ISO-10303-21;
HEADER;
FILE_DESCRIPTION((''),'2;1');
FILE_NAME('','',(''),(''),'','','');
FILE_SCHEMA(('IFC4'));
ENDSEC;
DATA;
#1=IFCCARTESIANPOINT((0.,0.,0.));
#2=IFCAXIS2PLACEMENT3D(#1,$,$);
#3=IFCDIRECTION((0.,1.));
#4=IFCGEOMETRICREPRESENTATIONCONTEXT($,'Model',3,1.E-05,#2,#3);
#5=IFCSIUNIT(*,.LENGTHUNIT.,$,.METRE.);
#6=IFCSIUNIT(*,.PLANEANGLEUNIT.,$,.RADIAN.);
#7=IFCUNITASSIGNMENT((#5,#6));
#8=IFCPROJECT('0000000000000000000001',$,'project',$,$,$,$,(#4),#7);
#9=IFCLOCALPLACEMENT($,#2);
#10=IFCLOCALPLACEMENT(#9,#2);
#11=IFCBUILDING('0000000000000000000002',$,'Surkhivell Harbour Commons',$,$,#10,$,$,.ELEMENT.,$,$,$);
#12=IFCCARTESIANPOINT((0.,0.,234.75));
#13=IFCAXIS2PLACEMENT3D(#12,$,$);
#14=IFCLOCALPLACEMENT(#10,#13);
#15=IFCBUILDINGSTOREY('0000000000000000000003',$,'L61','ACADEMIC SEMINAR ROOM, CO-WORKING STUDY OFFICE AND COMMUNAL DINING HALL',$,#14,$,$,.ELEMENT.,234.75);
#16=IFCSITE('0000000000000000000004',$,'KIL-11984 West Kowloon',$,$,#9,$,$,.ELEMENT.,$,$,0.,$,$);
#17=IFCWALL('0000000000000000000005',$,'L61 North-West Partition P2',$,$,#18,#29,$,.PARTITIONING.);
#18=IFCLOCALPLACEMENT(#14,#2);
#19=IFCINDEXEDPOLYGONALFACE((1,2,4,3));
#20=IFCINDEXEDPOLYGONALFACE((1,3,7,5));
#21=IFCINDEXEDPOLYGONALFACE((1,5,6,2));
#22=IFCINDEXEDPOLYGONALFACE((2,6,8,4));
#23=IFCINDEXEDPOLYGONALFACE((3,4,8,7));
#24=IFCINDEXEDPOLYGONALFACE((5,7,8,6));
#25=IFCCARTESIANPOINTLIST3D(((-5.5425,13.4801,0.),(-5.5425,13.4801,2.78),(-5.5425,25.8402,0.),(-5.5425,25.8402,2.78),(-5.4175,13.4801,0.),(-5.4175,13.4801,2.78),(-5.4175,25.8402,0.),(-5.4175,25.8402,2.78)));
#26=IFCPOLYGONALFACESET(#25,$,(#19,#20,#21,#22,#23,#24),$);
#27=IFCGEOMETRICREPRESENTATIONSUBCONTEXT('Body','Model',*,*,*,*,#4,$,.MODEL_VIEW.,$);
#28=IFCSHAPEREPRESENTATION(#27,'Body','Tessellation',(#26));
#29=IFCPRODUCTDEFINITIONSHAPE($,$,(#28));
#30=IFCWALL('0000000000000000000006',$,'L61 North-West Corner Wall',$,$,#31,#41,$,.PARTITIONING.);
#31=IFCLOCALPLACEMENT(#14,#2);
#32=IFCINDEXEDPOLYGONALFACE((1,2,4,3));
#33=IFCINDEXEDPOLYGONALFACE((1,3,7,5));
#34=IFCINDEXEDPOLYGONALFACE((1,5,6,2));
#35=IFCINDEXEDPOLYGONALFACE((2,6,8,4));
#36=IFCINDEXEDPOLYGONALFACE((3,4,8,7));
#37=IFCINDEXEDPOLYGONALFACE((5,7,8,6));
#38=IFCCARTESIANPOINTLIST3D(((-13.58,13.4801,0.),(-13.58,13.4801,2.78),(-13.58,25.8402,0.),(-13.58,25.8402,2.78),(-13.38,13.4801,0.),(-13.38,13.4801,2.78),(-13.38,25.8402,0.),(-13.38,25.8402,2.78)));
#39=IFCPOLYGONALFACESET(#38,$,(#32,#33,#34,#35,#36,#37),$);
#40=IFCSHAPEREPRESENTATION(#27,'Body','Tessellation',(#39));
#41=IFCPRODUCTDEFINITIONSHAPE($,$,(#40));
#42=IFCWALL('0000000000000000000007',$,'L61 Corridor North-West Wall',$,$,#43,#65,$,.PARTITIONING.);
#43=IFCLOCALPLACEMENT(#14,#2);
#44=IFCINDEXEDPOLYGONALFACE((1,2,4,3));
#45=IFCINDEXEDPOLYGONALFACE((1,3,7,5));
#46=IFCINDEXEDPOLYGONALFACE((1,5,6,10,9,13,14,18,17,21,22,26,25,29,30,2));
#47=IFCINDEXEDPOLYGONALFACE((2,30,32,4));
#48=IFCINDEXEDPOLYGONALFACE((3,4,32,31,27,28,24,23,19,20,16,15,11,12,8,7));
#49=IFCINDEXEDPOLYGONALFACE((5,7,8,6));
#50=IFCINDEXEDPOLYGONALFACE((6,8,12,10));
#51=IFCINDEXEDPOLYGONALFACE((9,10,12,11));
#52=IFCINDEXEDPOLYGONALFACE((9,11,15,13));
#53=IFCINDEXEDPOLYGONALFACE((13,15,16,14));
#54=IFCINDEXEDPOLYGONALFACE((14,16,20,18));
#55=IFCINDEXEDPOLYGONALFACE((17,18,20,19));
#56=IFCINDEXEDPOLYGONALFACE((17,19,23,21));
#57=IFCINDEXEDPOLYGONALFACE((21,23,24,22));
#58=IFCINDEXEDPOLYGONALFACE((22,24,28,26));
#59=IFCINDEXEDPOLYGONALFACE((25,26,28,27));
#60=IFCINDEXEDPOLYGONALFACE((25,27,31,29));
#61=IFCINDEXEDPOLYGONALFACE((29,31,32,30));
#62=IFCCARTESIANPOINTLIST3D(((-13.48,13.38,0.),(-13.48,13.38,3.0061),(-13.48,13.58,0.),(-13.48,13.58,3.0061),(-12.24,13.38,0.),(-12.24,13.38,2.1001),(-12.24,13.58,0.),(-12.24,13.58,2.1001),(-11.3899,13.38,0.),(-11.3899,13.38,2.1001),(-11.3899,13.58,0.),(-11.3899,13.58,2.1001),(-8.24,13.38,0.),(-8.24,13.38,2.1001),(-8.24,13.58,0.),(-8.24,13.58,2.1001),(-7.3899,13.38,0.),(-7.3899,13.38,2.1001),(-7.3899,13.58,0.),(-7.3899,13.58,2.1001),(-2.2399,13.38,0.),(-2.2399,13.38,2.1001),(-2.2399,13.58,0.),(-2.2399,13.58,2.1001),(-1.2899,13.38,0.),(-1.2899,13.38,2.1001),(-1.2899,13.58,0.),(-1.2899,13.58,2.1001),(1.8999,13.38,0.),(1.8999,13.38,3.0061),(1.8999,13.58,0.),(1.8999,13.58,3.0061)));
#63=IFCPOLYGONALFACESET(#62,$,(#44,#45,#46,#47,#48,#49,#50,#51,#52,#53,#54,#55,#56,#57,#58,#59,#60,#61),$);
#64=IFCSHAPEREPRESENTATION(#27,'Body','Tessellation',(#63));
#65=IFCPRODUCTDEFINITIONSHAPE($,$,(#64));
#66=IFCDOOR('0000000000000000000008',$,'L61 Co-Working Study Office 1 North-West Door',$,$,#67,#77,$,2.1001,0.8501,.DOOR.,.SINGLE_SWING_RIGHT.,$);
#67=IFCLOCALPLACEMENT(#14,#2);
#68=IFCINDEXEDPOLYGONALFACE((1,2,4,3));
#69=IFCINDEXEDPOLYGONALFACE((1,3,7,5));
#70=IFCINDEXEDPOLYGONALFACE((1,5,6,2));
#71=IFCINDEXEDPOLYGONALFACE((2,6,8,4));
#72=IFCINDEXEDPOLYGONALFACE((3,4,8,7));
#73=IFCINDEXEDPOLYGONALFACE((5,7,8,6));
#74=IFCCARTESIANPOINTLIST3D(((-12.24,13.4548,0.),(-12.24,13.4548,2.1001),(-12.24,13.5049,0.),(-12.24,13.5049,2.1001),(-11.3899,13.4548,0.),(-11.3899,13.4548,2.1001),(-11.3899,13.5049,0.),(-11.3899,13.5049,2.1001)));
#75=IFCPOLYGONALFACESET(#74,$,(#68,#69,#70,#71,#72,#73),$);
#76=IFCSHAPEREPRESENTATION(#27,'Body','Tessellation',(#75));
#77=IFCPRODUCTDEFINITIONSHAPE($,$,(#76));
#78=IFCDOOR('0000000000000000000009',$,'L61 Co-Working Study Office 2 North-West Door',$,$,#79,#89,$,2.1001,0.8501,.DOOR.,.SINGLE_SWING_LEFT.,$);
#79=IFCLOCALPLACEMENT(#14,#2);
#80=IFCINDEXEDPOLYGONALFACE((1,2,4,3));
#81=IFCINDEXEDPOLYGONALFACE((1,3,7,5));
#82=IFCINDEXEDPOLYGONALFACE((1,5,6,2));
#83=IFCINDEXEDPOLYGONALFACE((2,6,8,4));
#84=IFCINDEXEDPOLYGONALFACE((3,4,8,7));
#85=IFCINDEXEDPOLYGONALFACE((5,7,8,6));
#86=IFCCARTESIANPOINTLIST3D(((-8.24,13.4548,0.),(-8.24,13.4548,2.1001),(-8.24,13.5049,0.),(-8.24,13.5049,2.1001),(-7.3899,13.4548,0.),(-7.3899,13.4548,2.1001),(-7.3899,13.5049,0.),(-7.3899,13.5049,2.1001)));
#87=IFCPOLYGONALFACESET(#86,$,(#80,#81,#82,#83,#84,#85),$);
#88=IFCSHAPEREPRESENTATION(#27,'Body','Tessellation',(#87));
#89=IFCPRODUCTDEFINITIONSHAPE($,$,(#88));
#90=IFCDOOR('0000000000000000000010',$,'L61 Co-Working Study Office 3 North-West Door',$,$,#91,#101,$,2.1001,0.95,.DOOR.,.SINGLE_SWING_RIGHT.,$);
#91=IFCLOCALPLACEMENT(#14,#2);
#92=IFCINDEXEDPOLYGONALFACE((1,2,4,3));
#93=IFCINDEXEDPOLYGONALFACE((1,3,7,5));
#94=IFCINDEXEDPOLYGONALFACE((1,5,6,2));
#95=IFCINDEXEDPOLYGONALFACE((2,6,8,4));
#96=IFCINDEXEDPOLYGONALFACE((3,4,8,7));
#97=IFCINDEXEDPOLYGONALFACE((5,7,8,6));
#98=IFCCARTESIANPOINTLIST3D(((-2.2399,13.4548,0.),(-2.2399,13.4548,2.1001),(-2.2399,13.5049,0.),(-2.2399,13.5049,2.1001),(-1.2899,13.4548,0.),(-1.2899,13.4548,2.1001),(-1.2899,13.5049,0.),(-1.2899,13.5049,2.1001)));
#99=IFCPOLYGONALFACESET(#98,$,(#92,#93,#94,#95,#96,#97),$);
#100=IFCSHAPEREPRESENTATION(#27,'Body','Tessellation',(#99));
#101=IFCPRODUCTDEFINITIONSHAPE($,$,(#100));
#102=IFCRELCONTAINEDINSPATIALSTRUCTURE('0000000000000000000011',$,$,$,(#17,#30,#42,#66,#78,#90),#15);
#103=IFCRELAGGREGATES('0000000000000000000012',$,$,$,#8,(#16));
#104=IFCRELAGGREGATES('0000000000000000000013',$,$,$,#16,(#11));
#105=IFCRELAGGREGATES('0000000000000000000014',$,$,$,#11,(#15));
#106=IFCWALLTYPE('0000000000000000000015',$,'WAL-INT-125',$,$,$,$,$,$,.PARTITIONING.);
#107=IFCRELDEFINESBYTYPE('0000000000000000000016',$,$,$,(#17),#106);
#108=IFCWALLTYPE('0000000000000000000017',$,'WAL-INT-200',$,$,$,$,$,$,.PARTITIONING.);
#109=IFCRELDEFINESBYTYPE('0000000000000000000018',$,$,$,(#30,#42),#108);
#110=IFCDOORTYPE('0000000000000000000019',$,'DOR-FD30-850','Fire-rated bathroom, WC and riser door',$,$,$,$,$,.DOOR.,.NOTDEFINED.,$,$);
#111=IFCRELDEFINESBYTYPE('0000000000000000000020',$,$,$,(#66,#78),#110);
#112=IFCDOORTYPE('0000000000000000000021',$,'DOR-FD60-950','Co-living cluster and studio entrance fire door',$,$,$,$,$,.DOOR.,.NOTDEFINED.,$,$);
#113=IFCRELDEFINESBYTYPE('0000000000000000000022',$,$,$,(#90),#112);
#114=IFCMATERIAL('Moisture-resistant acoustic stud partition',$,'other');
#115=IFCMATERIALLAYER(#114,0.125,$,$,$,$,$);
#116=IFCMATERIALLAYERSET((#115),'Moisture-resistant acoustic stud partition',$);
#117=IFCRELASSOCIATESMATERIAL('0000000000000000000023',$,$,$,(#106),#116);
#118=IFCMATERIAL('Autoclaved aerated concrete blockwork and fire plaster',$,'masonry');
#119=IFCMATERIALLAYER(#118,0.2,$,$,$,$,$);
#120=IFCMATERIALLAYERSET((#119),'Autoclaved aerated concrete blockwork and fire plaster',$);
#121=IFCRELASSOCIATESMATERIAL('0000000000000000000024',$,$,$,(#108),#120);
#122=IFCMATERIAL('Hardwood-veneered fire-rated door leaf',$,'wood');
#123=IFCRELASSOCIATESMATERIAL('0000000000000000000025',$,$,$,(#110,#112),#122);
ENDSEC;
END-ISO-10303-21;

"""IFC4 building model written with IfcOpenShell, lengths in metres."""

from ifc_helpers import new_model, si_unit, direction, frame, frame_2d, origin, place, context, subcontext, project, spatial, rectangle, extrude, material, layer, layer_set, type_object, element, fill, save


model = new_model("IFC4")

# Units and contexts
model_context = context("Model", 3, precision=1e-05, world=origin(), true_north=direction((0.0, 1.0)))
body_context = subcontext(model_context, "Body", "Model", "MODEL_VIEW")
ifc_project = project(units=[si_unit("LENGTHUNIT", "METRE"), si_unit("PLANEANGLEUNIT", "RADIAN")], contexts=[model_context])

# Site, building, storey
site_placement = place(None, origin())
site = spatial("IfcSite", under=ifc_project, at=site_placement, Name="KIL-11984 West Kowloon", CompositionType="ELEMENT", RefElevation=0.0)
building_placement = place(site_placement, origin())
building = spatial("IfcBuilding", under=site, at=building_placement, Name="Surkhivell Harbour Commons", CompositionType="ELEMENT")
storey_placement = place(building_placement, frame((0.0, 0.0, 234.75)))
storey = spatial("IfcBuildingStorey", under=building, at=storey_placement, Name="L61", Description="ACADEMIC SEMINAR ROOM, CO-WORKING STUDY OFFICE AND COMMUNAL DINING HALL", CompositionType="ELEMENT", Elevation=234.75)

# Shared definitions
ifc_material_1 = material(Name="Hardwood-veneered fire-rated door leaf", Category="wood")

# Walls
ifc_material_2 = material(Name="Moisture-resistant acoustic stud partition", Category="other")
ifc_layer_1 = layer(ifc_material_2, 0.125)
ifc_layer_set_1 = layer_set([ifc_layer_1], Name="Moisture-resistant acoustic stud partition")
wall_type_1 = type_object("IfcWallType", Name="WAL-INT-125", PredefinedType="PARTITIONING", material=ifc_layer_set_1)
for number, where, z_axis, x_axis, name in (
    (1, (-5.48, 13.48, 0.0), (0.0, 0.0, 1.0), (0.0, 1.0, 0.0), "L61 North-West Partition P2"),
):
    element("IfcWall", number, at=place(storey_placement, frame(where, z_axis=z_axis, x_axis=x_axis)), inside=storey, type_object=wall_type_1, Name=name, PredefinedType="PARTITIONING", context=body_context, shape_type="SweptSolid", body=[
        extrude(rectangle(XDim=12.3601, YDim=0.125, at=frame_2d((6.1802, 0.0))), origin(), (0.0, 0.0, 1.0), 2.78),
    ])
ifc_material_3 = material(Name="Autoclaved aerated concrete blockwork and fire plaster", Category="masonry")
ifc_layer_2 = layer(ifc_material_3, 0.2)
ifc_layer_set_2 = layer_set([ifc_layer_2], Name="Autoclaved aerated concrete blockwork and fire plaster")
wall_type_2 = type_object("IfcWallType", Name="WAL-INT-200", PredefinedType="PARTITIONING", material=ifc_layer_set_2)
wall_1_placement = place(storey_placement, frame((-13.48, 13.48, 0.0), z_axis=(0.0, 0.0, 1.0), x_axis=(0.0, 1.0, 0.0)))
element("IfcWall", 2, at=wall_1_placement, inside=storey, type_object=wall_type_2, Name="L61 North-West Corner Wall", PredefinedType="PARTITIONING", context=body_context, shape_type="SweptSolid", body=[
    extrude(rectangle(XDim=12.3601, YDim=0.2, at=frame_2d((6.1802, 0.0))), origin(), (0.0, 0.0, 1.0), 2.78),
])

# Wall, openings, doors
wall_2_placement = place(storey_placement, frame((-13.48, 13.48, 0.0), z_axis=(0.0, 0.0, 1.0), x_axis=(1.0, 0.0, 0.0)))
wall_2 = element("IfcWall", 3, at=wall_2_placement, inside=storey, type_object=wall_type_2, Name="L61 Corridor North-West Wall", PredefinedType="PARTITIONING", context=body_context, shape_type="SweptSolid", body=[
    extrude(rectangle(XDim=15.3799, YDim=0.2, at=frame_2d((7.6899, 0.0))), origin(), (0.0, 0.0, 1.0), 3.0061),
])
opening_1_placement = place(wall_2_placement, frame((1.24, 0.0, 0.0)))
opening_1 = element("IfcOpeningElement", 4, at=opening_1_placement, cuts=wall_2, PredefinedType="OPENING", context=body_context, shape_type="SweptSolid", body=[
    extrude(rectangle(XDim=0.8501, YDim=2.1001, at=frame_2d((0.425, 1.05))), frame((0.0, 0.1099, 0.0), z_axis=(0.0, -1.0, 0.0), x_axis=(1.0, 0.0, 0.0)), (0.0, 0.0, 1.0), 0.22),
])
opening_2_placement = place(wall_2_placement, frame((5.24, 0.0, 0.0)))
opening_2 = element("IfcOpeningElement", 5, at=opening_2_placement, cuts=wall_2, PredefinedType="OPENING", context=body_context, shape_type="SweptSolid", body=[
    extrude(rectangle(XDim=0.8501, YDim=2.1001, at=frame_2d((0.425, 1.05))), frame((0.0, 0.1099, 0.0), z_axis=(0.0, -1.0, 0.0), x_axis=(1.0, 0.0, 0.0)), (0.0, 0.0, 1.0), 0.22),
])
opening_3_placement = place(wall_2_placement, frame((11.24, 0.0, 0.0)))
opening_3 = element("IfcOpeningElement", 6, at=opening_3_placement, cuts=wall_2, PredefinedType="OPENING", context=body_context, shape_type="SweptSolid", body=[
    extrude(rectangle(XDim=0.95, YDim=2.1001, at=frame_2d((0.4751, 1.05))), frame((0.0, 0.1099, 0.0), z_axis=(0.0, -1.0, 0.0), x_axis=(1.0, 0.0, 0.0)), (0.0, 0.0, 1.0), 0.22),
])
door_type_1 = type_object("IfcDoorType", Name="DOR-FD30-850", Description="Fire-rated bathroom, WC and riser door", OperationType="NOTDEFINED", PredefinedType="DOOR", material=ifc_material_1)
door_1_placement = place(opening_1_placement, origin())
door_1 = element("IfcDoor", 7, at=door_1_placement, inside=storey, type_object=door_type_1, Name="L61 Co-Working Study Office 1 North-West Door", OperationType="SINGLE_SWING_RIGHT", OverallHeight=2.1001, OverallWidth=0.8501, PredefinedType="DOOR", context=body_context, shape_type="SweptSolid", body=[
    extrude(rectangle(XDim=0.8501, YDim=2.1001, at=frame_2d((0.425, 1.05))), frame((0.0, 0.0249, 0.0), z_axis=(0.0, -1.0, 0.0), x_axis=(1.0, 0.0, 0.0)), (0.0, 0.0, 1.0), 0.05),
])
fill(opening_1, door_1)
door_2_placement = place(opening_2_placement, origin())
door_2 = element("IfcDoor", 8, at=door_2_placement, inside=storey, type_object=door_type_1, Name="L61 Co-Working Study Office 2 North-West Door", OperationType="SINGLE_SWING_LEFT", OverallHeight=2.1001, OverallWidth=0.8501, PredefinedType="DOOR", context=body_context, shape_type="SweptSolid", body=[
    extrude(rectangle(XDim=0.8501, YDim=2.1001, at=frame_2d((0.425, 1.05))), frame((0.0, 0.0249, 0.0), z_axis=(0.0, -1.0, 0.0), x_axis=(1.0, 0.0, 0.0)), (0.0, 0.0, 1.0), 0.05),
])
fill(opening_2, door_2)
door_type_2 = type_object("IfcDoorType", Name="DOR-FD60-950", Description="Co-living cluster and studio entrance fire door", OperationType="NOTDEFINED", PredefinedType="DOOR", material=ifc_material_1)
door_3_placement = place(opening_3_placement, origin())
door_3 = element("IfcDoor", 9, at=door_3_placement, inside=storey, type_object=door_type_2, Name="L61 Co-Working Study Office 3 North-West Door", OperationType="SINGLE_SWING_RIGHT", OverallHeight=2.1001, OverallWidth=0.95, PredefinedType="DOOR", context=body_context, shape_type="SweptSolid", body=[
    extrude(rectangle(XDim=0.95, YDim=2.1001, at=frame_2d((0.4751, 1.05))), frame((0.0, 0.0249, 0.0), z_axis=(0.0, -1.0, 0.0), x_axis=(1.0, 0.0, 0.0)), (0.0, 0.0, 1.0), 0.05),
])
fill(opening_3, door_3)

save(model, "model.ifc")
